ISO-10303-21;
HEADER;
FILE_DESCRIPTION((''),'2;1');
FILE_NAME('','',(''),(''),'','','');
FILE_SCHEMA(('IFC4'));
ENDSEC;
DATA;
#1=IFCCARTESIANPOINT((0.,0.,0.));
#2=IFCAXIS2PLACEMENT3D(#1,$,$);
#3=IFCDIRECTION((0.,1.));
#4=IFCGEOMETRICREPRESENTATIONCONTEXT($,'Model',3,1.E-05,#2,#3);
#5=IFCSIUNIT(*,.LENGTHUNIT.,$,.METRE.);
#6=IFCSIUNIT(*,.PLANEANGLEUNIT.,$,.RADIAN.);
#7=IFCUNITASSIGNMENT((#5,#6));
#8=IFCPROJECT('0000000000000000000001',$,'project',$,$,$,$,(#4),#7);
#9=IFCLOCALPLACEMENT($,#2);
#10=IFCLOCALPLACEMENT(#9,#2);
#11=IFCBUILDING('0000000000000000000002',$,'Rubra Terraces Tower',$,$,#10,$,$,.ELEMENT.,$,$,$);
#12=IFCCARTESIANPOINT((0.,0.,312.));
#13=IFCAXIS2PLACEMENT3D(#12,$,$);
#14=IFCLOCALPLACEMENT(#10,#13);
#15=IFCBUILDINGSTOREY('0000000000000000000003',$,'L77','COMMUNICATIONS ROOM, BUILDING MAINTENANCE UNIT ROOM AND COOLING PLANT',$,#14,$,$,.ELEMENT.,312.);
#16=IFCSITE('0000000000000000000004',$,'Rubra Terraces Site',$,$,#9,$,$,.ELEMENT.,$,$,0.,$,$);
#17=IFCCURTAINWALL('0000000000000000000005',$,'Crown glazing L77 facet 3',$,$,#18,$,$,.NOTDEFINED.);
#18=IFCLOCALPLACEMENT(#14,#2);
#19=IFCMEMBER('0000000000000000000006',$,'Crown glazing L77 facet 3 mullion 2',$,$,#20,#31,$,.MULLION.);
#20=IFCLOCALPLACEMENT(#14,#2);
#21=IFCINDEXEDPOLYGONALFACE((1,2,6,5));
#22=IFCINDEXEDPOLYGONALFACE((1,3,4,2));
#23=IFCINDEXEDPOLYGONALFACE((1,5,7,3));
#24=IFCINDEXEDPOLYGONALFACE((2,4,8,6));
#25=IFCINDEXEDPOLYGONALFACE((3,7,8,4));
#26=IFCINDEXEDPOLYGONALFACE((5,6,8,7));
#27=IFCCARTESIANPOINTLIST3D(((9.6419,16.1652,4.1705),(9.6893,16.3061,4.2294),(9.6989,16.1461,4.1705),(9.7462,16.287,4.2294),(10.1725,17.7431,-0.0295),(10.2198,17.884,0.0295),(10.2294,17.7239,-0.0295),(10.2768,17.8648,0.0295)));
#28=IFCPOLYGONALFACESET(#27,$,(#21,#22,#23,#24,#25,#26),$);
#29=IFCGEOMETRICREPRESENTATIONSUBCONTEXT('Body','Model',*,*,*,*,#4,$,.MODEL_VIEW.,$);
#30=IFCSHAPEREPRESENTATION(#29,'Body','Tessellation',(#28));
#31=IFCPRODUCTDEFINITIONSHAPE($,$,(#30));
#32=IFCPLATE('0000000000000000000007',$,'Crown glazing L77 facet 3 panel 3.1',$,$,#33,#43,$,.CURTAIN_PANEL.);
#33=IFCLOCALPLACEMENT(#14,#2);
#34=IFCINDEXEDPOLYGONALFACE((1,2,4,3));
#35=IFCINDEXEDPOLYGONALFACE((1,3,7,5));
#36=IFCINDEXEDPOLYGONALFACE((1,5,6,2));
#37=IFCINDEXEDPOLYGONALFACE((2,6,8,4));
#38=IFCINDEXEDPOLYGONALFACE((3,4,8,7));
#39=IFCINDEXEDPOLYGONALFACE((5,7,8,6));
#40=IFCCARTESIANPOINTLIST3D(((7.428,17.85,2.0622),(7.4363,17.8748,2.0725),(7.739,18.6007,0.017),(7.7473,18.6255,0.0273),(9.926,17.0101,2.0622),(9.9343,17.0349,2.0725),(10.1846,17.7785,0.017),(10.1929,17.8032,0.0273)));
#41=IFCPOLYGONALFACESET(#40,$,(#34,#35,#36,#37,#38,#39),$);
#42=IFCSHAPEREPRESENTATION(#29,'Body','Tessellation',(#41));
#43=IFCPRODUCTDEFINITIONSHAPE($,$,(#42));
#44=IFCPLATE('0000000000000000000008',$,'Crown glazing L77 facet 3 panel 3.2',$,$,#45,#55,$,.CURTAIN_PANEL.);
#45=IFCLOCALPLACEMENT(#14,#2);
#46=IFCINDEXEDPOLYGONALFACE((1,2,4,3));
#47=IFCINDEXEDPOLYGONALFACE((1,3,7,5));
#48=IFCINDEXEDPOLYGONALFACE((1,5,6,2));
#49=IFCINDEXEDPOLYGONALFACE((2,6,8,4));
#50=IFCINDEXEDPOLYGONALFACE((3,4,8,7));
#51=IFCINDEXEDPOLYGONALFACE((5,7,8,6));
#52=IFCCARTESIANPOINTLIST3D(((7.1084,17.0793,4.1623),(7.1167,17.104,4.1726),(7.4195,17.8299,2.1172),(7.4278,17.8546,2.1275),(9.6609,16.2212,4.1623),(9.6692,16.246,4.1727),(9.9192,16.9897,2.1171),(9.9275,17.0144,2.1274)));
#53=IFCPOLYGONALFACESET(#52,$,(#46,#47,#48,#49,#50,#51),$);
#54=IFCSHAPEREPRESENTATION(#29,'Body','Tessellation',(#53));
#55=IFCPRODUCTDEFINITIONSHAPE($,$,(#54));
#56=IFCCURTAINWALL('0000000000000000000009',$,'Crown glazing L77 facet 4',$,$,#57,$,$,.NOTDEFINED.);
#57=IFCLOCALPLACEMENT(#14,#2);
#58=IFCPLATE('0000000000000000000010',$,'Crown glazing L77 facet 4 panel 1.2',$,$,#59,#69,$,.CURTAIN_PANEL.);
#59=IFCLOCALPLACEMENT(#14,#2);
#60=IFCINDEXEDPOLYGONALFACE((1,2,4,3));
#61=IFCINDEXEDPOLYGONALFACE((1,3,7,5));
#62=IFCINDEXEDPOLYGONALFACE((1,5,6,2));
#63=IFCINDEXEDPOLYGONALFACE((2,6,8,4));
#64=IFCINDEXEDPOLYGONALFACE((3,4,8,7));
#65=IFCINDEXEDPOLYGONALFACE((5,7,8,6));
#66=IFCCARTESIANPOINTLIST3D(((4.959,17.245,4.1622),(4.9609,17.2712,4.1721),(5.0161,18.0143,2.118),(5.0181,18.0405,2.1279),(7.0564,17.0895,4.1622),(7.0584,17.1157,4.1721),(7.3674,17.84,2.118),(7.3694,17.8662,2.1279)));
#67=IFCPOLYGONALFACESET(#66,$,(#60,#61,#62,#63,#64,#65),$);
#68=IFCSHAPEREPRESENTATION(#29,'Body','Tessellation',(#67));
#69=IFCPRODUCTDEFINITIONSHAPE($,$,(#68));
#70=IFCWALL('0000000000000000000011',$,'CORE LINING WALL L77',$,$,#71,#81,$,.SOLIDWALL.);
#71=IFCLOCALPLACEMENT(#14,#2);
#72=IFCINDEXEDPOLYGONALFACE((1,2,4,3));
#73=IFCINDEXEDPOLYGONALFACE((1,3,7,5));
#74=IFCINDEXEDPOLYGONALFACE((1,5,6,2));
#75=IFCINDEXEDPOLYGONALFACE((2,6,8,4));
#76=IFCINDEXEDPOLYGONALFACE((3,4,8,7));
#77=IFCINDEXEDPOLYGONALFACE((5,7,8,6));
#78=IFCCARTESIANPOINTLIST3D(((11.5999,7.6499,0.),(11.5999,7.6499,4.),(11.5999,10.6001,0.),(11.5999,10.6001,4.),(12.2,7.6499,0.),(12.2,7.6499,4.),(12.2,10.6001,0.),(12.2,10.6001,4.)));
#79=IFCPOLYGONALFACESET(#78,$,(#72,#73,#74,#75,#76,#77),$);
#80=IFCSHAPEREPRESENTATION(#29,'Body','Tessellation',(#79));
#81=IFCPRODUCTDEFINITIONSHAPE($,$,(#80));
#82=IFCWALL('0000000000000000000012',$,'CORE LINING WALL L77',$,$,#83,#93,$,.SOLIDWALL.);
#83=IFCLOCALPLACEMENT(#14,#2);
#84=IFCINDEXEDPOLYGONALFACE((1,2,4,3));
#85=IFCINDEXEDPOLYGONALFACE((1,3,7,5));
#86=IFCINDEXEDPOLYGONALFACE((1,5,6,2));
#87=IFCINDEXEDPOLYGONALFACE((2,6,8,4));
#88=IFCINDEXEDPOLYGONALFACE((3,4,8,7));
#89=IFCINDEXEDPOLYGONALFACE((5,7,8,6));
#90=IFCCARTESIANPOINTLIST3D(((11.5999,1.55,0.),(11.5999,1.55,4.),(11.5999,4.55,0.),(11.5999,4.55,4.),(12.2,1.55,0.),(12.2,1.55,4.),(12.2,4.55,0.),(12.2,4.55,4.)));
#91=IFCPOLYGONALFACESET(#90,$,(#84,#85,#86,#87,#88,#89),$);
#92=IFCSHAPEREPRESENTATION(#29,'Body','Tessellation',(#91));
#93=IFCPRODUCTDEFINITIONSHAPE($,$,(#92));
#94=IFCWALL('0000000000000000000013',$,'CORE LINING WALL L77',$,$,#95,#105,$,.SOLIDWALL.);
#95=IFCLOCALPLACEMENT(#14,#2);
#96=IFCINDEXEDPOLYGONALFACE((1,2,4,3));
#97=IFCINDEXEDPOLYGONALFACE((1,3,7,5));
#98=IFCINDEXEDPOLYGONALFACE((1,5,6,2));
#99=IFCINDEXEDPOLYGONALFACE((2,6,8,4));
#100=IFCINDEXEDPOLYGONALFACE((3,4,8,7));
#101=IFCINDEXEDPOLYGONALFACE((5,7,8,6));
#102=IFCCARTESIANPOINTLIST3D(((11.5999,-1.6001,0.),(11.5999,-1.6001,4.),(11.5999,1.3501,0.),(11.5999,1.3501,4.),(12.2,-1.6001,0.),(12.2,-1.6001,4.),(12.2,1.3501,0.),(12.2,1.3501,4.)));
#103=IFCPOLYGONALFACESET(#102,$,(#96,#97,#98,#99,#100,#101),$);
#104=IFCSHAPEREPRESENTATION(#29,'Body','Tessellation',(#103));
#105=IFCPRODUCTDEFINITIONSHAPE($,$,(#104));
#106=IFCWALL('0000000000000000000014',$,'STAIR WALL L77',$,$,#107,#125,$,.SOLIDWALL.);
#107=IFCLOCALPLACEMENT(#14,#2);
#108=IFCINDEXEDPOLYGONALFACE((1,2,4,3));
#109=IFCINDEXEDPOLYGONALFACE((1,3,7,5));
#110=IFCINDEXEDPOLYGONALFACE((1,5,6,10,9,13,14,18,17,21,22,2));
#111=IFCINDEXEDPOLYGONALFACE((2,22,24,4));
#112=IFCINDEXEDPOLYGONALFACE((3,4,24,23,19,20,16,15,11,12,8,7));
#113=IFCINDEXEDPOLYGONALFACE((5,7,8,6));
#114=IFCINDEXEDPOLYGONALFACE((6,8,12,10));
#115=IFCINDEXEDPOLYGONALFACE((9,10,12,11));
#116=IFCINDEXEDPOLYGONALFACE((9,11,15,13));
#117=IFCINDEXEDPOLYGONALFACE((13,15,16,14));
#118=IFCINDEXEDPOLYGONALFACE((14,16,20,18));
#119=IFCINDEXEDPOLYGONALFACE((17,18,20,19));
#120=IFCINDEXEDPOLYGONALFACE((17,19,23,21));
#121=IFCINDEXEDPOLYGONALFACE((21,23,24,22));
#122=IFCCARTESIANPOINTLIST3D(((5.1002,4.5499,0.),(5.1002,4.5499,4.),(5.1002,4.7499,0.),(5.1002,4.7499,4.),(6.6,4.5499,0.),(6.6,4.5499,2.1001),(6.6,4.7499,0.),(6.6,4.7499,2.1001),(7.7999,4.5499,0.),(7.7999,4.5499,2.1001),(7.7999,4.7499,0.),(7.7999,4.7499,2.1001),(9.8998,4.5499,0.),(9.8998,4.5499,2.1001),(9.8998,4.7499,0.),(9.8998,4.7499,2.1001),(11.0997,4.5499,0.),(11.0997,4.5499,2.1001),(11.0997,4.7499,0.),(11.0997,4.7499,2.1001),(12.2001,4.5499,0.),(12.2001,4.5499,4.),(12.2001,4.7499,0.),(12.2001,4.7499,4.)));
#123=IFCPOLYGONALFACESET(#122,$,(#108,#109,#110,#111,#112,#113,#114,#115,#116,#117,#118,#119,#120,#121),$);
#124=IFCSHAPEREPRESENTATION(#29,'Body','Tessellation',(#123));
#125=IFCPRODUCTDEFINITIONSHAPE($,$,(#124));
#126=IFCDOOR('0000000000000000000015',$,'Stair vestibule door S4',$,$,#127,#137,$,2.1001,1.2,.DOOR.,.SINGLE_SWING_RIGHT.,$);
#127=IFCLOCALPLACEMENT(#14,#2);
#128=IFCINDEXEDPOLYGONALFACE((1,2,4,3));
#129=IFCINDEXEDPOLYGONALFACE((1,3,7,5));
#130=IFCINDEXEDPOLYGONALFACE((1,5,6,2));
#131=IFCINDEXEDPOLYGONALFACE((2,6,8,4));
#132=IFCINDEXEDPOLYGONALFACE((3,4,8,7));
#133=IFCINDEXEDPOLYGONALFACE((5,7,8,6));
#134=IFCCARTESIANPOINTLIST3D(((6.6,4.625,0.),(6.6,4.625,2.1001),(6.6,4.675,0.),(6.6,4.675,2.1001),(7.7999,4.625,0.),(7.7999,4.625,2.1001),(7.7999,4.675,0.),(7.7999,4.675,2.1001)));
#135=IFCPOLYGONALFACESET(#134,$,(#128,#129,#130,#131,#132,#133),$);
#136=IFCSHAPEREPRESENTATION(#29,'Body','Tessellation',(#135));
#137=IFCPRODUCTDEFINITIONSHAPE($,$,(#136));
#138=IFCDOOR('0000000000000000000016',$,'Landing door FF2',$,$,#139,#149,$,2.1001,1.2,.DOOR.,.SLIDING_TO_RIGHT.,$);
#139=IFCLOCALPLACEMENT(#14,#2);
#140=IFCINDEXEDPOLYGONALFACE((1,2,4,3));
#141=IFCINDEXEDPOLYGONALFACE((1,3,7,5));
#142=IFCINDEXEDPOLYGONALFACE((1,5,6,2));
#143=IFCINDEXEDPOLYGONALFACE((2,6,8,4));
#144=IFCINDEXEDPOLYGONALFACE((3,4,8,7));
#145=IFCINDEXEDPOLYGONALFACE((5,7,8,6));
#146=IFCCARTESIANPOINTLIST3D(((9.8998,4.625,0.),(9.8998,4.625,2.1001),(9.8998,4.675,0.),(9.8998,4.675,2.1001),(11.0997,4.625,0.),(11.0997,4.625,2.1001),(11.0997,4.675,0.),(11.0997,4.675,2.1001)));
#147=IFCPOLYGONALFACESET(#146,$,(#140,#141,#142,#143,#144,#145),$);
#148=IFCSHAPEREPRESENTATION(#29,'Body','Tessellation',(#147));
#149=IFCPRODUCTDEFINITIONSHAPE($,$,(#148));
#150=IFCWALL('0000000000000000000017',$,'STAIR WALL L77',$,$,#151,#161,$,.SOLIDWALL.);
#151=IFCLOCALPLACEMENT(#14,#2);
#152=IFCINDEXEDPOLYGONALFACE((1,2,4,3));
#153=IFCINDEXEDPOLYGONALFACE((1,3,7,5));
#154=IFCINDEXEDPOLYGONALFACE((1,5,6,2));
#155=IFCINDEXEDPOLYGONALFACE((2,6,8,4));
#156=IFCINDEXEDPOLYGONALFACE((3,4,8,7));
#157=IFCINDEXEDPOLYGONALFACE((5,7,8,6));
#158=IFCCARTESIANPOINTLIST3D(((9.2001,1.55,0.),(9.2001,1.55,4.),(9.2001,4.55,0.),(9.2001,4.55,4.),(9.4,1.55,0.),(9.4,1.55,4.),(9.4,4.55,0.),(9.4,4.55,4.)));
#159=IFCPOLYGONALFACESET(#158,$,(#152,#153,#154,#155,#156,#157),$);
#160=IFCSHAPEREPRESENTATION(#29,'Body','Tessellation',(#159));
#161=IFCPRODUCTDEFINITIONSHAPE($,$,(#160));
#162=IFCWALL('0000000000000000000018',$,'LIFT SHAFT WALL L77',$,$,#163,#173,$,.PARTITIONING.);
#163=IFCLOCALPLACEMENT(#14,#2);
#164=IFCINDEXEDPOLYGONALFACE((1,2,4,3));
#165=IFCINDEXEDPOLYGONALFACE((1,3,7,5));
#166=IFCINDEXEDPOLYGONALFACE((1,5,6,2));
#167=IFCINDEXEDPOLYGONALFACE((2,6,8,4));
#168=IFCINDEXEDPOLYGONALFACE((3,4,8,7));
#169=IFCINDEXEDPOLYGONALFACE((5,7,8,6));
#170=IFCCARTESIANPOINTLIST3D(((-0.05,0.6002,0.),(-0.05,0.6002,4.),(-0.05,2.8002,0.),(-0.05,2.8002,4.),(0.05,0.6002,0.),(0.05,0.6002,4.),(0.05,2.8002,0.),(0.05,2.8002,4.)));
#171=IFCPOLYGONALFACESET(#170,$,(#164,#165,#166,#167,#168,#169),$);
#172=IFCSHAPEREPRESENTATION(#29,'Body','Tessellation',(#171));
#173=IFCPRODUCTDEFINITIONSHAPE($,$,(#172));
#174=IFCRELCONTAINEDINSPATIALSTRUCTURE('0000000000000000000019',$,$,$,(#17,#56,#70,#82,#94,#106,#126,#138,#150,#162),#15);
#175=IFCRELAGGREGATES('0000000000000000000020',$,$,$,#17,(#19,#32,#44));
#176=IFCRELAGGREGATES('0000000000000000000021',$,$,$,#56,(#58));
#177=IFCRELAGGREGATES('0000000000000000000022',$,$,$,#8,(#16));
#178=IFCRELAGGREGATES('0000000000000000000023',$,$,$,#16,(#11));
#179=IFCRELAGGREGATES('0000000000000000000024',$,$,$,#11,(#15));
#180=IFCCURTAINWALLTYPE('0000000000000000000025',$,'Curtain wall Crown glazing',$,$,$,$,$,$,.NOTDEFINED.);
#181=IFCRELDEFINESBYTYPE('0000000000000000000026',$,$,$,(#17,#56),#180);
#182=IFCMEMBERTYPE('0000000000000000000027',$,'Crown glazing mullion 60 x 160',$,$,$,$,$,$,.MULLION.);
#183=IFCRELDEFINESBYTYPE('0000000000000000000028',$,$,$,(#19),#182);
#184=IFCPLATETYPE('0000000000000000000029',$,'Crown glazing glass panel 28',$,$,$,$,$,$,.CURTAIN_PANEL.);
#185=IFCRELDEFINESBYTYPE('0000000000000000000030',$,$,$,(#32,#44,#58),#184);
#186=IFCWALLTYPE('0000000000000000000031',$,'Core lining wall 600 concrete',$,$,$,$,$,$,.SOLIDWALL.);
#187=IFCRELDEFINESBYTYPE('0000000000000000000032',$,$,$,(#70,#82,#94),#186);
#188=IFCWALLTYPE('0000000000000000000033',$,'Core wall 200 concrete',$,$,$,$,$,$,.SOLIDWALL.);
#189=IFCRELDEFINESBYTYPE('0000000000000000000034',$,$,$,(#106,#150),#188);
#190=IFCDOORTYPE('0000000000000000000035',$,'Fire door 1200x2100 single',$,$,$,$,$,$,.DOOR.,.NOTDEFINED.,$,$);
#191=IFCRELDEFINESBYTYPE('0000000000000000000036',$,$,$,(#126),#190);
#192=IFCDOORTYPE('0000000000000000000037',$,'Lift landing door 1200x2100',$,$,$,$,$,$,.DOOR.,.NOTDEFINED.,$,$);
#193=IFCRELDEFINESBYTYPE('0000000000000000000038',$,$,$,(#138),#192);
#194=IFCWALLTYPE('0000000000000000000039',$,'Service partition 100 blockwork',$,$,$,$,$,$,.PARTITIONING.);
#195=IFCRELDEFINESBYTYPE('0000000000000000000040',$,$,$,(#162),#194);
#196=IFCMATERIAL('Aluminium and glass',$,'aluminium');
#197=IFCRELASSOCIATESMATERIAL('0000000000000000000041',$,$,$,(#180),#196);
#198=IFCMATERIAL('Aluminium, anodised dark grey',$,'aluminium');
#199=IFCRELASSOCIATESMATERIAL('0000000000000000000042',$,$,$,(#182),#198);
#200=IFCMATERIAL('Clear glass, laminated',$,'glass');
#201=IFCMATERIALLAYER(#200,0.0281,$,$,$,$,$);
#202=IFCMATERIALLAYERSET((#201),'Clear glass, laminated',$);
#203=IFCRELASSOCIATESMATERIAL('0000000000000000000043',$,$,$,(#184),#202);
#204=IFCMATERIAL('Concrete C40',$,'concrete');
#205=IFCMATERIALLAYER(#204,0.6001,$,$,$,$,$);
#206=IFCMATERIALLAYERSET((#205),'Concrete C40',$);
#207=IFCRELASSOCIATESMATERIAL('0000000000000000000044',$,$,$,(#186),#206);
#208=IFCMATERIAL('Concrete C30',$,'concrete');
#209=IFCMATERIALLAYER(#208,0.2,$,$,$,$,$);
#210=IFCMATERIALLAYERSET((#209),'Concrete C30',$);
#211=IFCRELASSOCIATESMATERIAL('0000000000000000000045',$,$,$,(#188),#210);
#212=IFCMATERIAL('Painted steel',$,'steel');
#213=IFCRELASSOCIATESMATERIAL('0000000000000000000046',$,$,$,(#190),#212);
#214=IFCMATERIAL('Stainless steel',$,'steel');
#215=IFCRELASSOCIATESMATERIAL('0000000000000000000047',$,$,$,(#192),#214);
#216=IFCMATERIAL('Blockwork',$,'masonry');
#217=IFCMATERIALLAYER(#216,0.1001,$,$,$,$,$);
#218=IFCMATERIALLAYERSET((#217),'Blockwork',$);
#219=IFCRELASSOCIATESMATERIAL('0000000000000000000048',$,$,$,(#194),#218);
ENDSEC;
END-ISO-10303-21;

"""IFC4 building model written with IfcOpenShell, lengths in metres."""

from ifc_helpers import new_model, si_unit, direction, frame, frame_2d, origin, origin_2d, place, context, subcontext, project, spatial, polyline, rectangle, outline, extrude, material, layer, layer_set, material_profile, profile_set, type_object, element, fill, aggregate, save


model = new_model("IFC4")

# Units and contexts
model_context = context("Model", 3, precision=1e-05, world=origin(), true_north=direction((0.0, 1.0)))
body_context = subcontext(model_context, "Body", "Model", "MODEL_VIEW")
ifc_project = project(units=[si_unit("LENGTHUNIT", "METRE"), si_unit("PLANEANGLEUNIT", "RADIAN")], contexts=[model_context])

# Site, building, storey
site_placement = place(None, origin())
site = spatial("IfcSite", under=ifc_project, at=site_placement, Name="Rubra Terraces Site", CompositionType="ELEMENT", RefElevation=0.0)
building_placement = place(site_placement, origin())
building = spatial("IfcBuilding", under=site, at=building_placement, Name="Rubra Terraces Tower", CompositionType="ELEMENT")
storey_placement = place(building_placement, frame((0.0, 0.0, 312.0)))
storey = spatial("IfcBuildingStorey", under=building, at=storey_placement, Name="L77", Description="COMMUNICATIONS ROOM, BUILDING MAINTENANCE UNIT ROOM AND COOLING PLANT", CompositionType="ELEMENT", Elevation=312.0)

# Curtain wall, member, plates
ifc_material_1 = material(Name="Aluminium and glass", Category="aluminium")
curtain_wall_type = type_object("IfcCurtainWallType", Name="Curtain wall Crown glazing", PredefinedType="NOTDEFINED", material=ifc_material_1)
curtain_wall_1_placement = place(storey_placement, origin())
curtain_wall_1 = element("IfcCurtainWall", 1, at=curtain_wall_1_placement, inside=storey, type_object=curtain_wall_type, Name="Crown glazing L77 facet 3", PredefinedType="NOTDEFINED")
ifc_material_2 = material(Name="Aluminium, anodised dark grey", Category="aluminium")
ifc_material_profile = material_profile(ifc_material_2, rectangle(XDim=0.0601, YDim=0.1599, at=origin_2d()), Name="AL 60x160")
ifc_profile_set = profile_set([ifc_material_profile], Name="Aluminium, anodised dark grey")
member_type = type_object("IfcMemberType", Name="Crown glazing mullion 60 x 160", PredefinedType="MULLION", material=ifc_profile_set)
member_placement = place(storey_placement, frame((10.2246, 17.804, 0.0), z_axis=(-0.117428, -0.349257, 0.92964), x_axis=(0.947859, -0.318691, 0.0)))
member = element("IfcMember", 2, at=member_placement, type_object=member_type, Name="Crown glazing L77 facet 3 mullion 2", PredefinedType="MULLION", context=body_context, shape_type="SweptSolid", body=[
    extrude(rectangle(XDim=0.0601, YDim=0.1599, at=origin_2d()), origin(), (0.0, 0.0, 1.0), 4.5178),
])
ifc_material_3 = material(Name="Clear glass, laminated", Category="glass")
ifc_layer_1 = layer(ifc_material_3, 0.0281)
ifc_layer_set_1 = layer_set([ifc_layer_1], Name="Clear glass, laminated")
plate_type = type_object("IfcPlateType", Name="Crown glazing glass panel 28", PredefinedType="CURTAIN_PANEL", material=ifc_layer_set_1)
plate_1_placement = place(storey_placement, frame((10.1929, 17.8032, 0.0273), z_axis=(0.296258, 0.88116, 0.368494), x_axis=(-0.94786, 0.318686, -0.000004)))
plate_1 = element("IfcPlate", 3, at=plate_1_placement, type_object=plate_type, Name="Crown glazing L77 facet 3 panel 3.1", PredefinedType="CURTAIN_PANEL", context=body_context, shape_type="SweptSolid", body=[
    extrude(outline(polyline([(0.0, 0.0), (2.5801, 0.0), (2.6357, 2.2), (0.0002, 2.2), (0.0, 0.0)])), origin(), (0.0, 0.0, -1.0), 0.0281),
])
plate_2_placement = place(storey_placement, frame((9.9275, 17.0144, 2.1274), z_axis=(0.296199, 0.881187, 0.368478), x_axis=(-0.947886, 0.31861, 0.000021)))
plate_2 = element("IfcPlate", 4, at=plate_2_placement, type_object=plate_type, Name="Crown glazing L77 facet 3 panel 3.2", PredefinedType="CURTAIN_PANEL", context=body_context, shape_type="SweptSolid", body=[
    extrude(outline(polyline([(0.0, 0.0), (2.6371, 0.0), (2.6929, 2.1999), (0.0, 2.2), (0.0, 0.0)])), origin(), (0.0, 0.0, -1.0), 0.0281),
])
aggregate(curtain_wall_1, [member, plate_1, plate_2])

# Curtain wall, plate
curtain_wall_2_placement = place(storey_placement, origin())
curtain_wall_2 = element("IfcCurtainWall", 5, at=curtain_wall_2_placement, inside=storey, type_object=curtain_wall_type, Name="Crown glazing L77 facet 4", PredefinedType="NOTDEFINED")
plate_3_placement = place(storey_placement, frame((7.3694, 17.8662, 2.1279), z_axis=(0.069176, 0.933037, 0.353068), x_axis=(-0.997263, 0.073938, 0.000002)))
plate_3 = element("IfcPlate", 6, at=plate_3_placement, type_object=plate_type, Name="Crown glazing L77 facet 4 panel 1.2", PredefinedType="CURTAIN_PANEL", context=body_context, shape_type="SweptSolid", body=[
    extrude(outline(polyline([(0.0, 0.0), (2.3578, 0.0), (2.3579, 2.1849), (0.2547, 2.1849), (0.0, 0.0)])), origin(), (0.0, 0.0, -1.0), 0.0281),
])
aggregate(curtain_wall_2, [plate_3])

# Walls
ifc_material_4 = material(Name="Concrete C40", Category="concrete")
ifc_layer_2 = layer(ifc_material_4, 0.6001)
ifc_layer_set_2 = layer_set([ifc_layer_2], Name="Concrete C40")
wall_type_1 = type_object("IfcWallType", Name="Core lining wall 600 concrete", PredefinedType="SOLIDWALL", material=ifc_layer_set_2)
wall_1_placement = place(storey_placement, frame((11.8999, 10.6001, 0.0), z_axis=(0.0, 0.0, 1.0), x_axis=(0.0, -1.0, 0.0)))
element("IfcWall", 7, at=wall_1_placement, inside=storey, type_object=wall_type_1, Name="CORE LINING WALL L77", PredefinedType="SOLIDWALL", context=body_context, shape_type="SweptSolid", body=[
    extrude(rectangle(XDim=2.9502, YDim=0.6001, at=frame_2d((1.4751, 0.0))), origin(), (0.0, 0.0, 1.0), 4.0),
])
wall_2_placement = place(storey_placement, frame((11.8999, 4.55, 0.0), z_axis=(0.0, 0.0, 1.0), x_axis=(0.0, -1.0, 0.0)))
element("IfcWall", 8, at=wall_2_placement, inside=storey, type_object=wall_type_1, Name="CORE LINING WALL L77", PredefinedType="SOLIDWALL", context=body_context, shape_type="SweptSolid", body=[
    extrude(rectangle(XDim=3.0, YDim=0.6001, at=frame_2d((1.5, 0.0))), origin(), (0.0, 0.0, 1.0), 4.0),
])
wall_3_placement = place(storey_placement, frame((11.8999, 1.3501, 0.0), z_axis=(0.0, 0.0, 1.0), x_axis=(0.0, -1.0, 0.0)))
element("IfcWall", 9, at=wall_3_placement, inside=storey, type_object=wall_type_1, Name="CORE LINING WALL L77", PredefinedType="SOLIDWALL", context=body_context, shape_type="SweptSolid", body=[
    extrude(rectangle(XDim=2.9502, YDim=0.6001, at=frame_2d((1.4751, 0.0))), origin(), (0.0, 0.0, 1.0), 4.0),
])

# Wall, openings, doors
ifc_material_5 = material(Name="Concrete C30", Category="concrete")
ifc_layer_3 = layer(ifc_material_5, 0.2)
ifc_layer_set_3 = layer_set([ifc_layer_3], Name="Concrete C30")
wall_type_2 = type_object("IfcWallType", Name="Core wall 200 concrete", PredefinedType="SOLIDWALL", material=ifc_layer_set_3)
wall_4_placement = place(storey_placement, frame((12.2, 4.6499, 0.0), z_axis=(0.0, 0.0, 1.0), x_axis=(-1.0, 0.0, 0.0)))
wall_4 = element("IfcWall", 10, at=wall_4_placement, inside=storey, type_object=wall_type_2, Name="STAIR WALL L77", PredefinedType="SOLIDWALL", context=body_context, shape_type="SweptSolid", body=[
    extrude(rectangle(XDim=7.0999, YDim=0.2, at=frame_2d((3.5498, 0.0))), origin(), (0.0, 0.0, 1.0), 4.0),
])
opening_1_placement = place(wall_4_placement, frame((4.3999, 0.0, 0.0)))
opening_1 = element("IfcOpeningElement", 11, at=opening_1_placement, cuts=wall_4, PredefinedType="OPENING", context=body_context, shape_type="SweptSolid", body=[
    extrude(rectangle(XDim=1.2, YDim=2.1001, at=frame_2d((0.6001, 1.05))), frame((0.0, 0.1099, 0.0), z_axis=(0.0, -1.0, 0.0), x_axis=(1.0, 0.0, 0.0)), (0.0, 0.0, 1.0), 0.22),
])
opening_2_placement = place(wall_4_placement, frame((1.1001, 0.0, 0.0)))
opening_2 = element("IfcOpeningElement", 12, at=opening_2_placement, cuts=wall_4, PredefinedType="OPENING", context=body_context, shape_type="SweptSolid", body=[
    extrude(rectangle(XDim=1.2, YDim=2.1001, at=frame_2d((0.6001, 1.05))), frame((0.0, 0.1099, 0.0), z_axis=(0.0, -1.0, 0.0), x_axis=(1.0, 0.0, 0.0)), (0.0, 0.0, 1.0), 0.22),
])
ifc_material_6 = material(Name="Painted steel", Category="steel")
door_type_1 = type_object("IfcDoorType", Name="Fire door 1200x2100 single", OperationType="NOTDEFINED", PredefinedType="DOOR", material=ifc_material_6)
door_1_placement = place(opening_1_placement, origin())
door_1 = element("IfcDoor", 13, at=door_1_placement, inside=storey, type_object=door_type_1, Name="Stair vestibule door S4", OperationType="SINGLE_SWING_RIGHT", OverallHeight=2.1001, OverallWidth=1.2, PredefinedType="DOOR", context=body_context, shape_type="SweptSolid", body=[
    extrude(rectangle(XDim=1.2, YDim=2.1001, at=frame_2d((0.6001, 1.05))), frame((0.0, 0.0249, 0.0), z_axis=(0.0, -1.0, 0.0), x_axis=(1.0, 0.0, 0.0)), (0.0, 0.0, 1.0), 0.05),
])
fill(opening_1, door_1)
ifc_material_7 = material(Name="Stainless steel", Category="steel")
door_type_2 = type_object("IfcDoorType", Name="Lift landing door 1200x2100", OperationType="NOTDEFINED", PredefinedType="DOOR", material=ifc_material_7)
door_2_placement = place(opening_2_placement, origin())
door_2 = element("IfcDoor", 14, at=door_2_placement, inside=storey, type_object=door_type_2, Name="Landing door FF2", OperationType="SLIDING_TO_RIGHT", OverallHeight=2.1001, OverallWidth=1.2, PredefinedType="DOOR", context=body_context, shape_type="SweptSolid", body=[
    extrude(rectangle(XDim=1.2, YDim=2.1001, at=frame_2d((0.6001, 1.05))), frame((0.0, 0.0249, 0.0), z_axis=(0.0, -1.0, 0.0), x_axis=(1.0, 0.0, 0.0)), (0.0, 0.0, 1.0), 0.05),
])
fill(opening_2, door_2)

# Walls
wall_5_placement = place(storey_placement, frame((9.3, 4.55, 0.0), z_axis=(0.0, 0.0, 1.0), x_axis=(0.0, -1.0, 0.0)))
element("IfcWall", 15, at=wall_5_placement, inside=storey, type_object=wall_type_2, Name="STAIR WALL L77", PredefinedType="SOLIDWALL", context=body_context, shape_type="SweptSolid", body=[
    extrude(rectangle(XDim=3.0, YDim=0.2, at=frame_2d((1.5, 0.0))), origin(), (0.0, 0.0, 1.0), 4.0),
])
ifc_material_8 = material(Name="Blockwork", Category="masonry")
ifc_layer_4 = layer(ifc_material_8, 0.1001)
ifc_layer_set_4 = layer_set([ifc_layer_4], Name="Blockwork")
wall_type_3 = type_object("IfcWallType", Name="Service partition 100 blockwork", PredefinedType="PARTITIONING", material=ifc_layer_set_4)
for number, where, z_axis, x_axis, name in (
    (16, (0.0, 0.6001, 0.0), (0.0, 0.0, 1.0), (0.0, 1.0, 0.0), "LIFT SHAFT WALL L77"),
):
    element("IfcWall", number, at=place(storey_placement, frame(where, z_axis=z_axis, x_axis=x_axis)), inside=storey, type_object=wall_type_3, Name=name, PredefinedType="PARTITIONING", context=body_context, shape_type="SweptSolid", body=[
        extrude(rectangle(XDim=2.2, YDim=0.1001, at=frame_2d((1.1001, 0.0))), origin(), (0.0, 0.0, 1.0), 4.0),
    ])

save(model, "model.ifc")
